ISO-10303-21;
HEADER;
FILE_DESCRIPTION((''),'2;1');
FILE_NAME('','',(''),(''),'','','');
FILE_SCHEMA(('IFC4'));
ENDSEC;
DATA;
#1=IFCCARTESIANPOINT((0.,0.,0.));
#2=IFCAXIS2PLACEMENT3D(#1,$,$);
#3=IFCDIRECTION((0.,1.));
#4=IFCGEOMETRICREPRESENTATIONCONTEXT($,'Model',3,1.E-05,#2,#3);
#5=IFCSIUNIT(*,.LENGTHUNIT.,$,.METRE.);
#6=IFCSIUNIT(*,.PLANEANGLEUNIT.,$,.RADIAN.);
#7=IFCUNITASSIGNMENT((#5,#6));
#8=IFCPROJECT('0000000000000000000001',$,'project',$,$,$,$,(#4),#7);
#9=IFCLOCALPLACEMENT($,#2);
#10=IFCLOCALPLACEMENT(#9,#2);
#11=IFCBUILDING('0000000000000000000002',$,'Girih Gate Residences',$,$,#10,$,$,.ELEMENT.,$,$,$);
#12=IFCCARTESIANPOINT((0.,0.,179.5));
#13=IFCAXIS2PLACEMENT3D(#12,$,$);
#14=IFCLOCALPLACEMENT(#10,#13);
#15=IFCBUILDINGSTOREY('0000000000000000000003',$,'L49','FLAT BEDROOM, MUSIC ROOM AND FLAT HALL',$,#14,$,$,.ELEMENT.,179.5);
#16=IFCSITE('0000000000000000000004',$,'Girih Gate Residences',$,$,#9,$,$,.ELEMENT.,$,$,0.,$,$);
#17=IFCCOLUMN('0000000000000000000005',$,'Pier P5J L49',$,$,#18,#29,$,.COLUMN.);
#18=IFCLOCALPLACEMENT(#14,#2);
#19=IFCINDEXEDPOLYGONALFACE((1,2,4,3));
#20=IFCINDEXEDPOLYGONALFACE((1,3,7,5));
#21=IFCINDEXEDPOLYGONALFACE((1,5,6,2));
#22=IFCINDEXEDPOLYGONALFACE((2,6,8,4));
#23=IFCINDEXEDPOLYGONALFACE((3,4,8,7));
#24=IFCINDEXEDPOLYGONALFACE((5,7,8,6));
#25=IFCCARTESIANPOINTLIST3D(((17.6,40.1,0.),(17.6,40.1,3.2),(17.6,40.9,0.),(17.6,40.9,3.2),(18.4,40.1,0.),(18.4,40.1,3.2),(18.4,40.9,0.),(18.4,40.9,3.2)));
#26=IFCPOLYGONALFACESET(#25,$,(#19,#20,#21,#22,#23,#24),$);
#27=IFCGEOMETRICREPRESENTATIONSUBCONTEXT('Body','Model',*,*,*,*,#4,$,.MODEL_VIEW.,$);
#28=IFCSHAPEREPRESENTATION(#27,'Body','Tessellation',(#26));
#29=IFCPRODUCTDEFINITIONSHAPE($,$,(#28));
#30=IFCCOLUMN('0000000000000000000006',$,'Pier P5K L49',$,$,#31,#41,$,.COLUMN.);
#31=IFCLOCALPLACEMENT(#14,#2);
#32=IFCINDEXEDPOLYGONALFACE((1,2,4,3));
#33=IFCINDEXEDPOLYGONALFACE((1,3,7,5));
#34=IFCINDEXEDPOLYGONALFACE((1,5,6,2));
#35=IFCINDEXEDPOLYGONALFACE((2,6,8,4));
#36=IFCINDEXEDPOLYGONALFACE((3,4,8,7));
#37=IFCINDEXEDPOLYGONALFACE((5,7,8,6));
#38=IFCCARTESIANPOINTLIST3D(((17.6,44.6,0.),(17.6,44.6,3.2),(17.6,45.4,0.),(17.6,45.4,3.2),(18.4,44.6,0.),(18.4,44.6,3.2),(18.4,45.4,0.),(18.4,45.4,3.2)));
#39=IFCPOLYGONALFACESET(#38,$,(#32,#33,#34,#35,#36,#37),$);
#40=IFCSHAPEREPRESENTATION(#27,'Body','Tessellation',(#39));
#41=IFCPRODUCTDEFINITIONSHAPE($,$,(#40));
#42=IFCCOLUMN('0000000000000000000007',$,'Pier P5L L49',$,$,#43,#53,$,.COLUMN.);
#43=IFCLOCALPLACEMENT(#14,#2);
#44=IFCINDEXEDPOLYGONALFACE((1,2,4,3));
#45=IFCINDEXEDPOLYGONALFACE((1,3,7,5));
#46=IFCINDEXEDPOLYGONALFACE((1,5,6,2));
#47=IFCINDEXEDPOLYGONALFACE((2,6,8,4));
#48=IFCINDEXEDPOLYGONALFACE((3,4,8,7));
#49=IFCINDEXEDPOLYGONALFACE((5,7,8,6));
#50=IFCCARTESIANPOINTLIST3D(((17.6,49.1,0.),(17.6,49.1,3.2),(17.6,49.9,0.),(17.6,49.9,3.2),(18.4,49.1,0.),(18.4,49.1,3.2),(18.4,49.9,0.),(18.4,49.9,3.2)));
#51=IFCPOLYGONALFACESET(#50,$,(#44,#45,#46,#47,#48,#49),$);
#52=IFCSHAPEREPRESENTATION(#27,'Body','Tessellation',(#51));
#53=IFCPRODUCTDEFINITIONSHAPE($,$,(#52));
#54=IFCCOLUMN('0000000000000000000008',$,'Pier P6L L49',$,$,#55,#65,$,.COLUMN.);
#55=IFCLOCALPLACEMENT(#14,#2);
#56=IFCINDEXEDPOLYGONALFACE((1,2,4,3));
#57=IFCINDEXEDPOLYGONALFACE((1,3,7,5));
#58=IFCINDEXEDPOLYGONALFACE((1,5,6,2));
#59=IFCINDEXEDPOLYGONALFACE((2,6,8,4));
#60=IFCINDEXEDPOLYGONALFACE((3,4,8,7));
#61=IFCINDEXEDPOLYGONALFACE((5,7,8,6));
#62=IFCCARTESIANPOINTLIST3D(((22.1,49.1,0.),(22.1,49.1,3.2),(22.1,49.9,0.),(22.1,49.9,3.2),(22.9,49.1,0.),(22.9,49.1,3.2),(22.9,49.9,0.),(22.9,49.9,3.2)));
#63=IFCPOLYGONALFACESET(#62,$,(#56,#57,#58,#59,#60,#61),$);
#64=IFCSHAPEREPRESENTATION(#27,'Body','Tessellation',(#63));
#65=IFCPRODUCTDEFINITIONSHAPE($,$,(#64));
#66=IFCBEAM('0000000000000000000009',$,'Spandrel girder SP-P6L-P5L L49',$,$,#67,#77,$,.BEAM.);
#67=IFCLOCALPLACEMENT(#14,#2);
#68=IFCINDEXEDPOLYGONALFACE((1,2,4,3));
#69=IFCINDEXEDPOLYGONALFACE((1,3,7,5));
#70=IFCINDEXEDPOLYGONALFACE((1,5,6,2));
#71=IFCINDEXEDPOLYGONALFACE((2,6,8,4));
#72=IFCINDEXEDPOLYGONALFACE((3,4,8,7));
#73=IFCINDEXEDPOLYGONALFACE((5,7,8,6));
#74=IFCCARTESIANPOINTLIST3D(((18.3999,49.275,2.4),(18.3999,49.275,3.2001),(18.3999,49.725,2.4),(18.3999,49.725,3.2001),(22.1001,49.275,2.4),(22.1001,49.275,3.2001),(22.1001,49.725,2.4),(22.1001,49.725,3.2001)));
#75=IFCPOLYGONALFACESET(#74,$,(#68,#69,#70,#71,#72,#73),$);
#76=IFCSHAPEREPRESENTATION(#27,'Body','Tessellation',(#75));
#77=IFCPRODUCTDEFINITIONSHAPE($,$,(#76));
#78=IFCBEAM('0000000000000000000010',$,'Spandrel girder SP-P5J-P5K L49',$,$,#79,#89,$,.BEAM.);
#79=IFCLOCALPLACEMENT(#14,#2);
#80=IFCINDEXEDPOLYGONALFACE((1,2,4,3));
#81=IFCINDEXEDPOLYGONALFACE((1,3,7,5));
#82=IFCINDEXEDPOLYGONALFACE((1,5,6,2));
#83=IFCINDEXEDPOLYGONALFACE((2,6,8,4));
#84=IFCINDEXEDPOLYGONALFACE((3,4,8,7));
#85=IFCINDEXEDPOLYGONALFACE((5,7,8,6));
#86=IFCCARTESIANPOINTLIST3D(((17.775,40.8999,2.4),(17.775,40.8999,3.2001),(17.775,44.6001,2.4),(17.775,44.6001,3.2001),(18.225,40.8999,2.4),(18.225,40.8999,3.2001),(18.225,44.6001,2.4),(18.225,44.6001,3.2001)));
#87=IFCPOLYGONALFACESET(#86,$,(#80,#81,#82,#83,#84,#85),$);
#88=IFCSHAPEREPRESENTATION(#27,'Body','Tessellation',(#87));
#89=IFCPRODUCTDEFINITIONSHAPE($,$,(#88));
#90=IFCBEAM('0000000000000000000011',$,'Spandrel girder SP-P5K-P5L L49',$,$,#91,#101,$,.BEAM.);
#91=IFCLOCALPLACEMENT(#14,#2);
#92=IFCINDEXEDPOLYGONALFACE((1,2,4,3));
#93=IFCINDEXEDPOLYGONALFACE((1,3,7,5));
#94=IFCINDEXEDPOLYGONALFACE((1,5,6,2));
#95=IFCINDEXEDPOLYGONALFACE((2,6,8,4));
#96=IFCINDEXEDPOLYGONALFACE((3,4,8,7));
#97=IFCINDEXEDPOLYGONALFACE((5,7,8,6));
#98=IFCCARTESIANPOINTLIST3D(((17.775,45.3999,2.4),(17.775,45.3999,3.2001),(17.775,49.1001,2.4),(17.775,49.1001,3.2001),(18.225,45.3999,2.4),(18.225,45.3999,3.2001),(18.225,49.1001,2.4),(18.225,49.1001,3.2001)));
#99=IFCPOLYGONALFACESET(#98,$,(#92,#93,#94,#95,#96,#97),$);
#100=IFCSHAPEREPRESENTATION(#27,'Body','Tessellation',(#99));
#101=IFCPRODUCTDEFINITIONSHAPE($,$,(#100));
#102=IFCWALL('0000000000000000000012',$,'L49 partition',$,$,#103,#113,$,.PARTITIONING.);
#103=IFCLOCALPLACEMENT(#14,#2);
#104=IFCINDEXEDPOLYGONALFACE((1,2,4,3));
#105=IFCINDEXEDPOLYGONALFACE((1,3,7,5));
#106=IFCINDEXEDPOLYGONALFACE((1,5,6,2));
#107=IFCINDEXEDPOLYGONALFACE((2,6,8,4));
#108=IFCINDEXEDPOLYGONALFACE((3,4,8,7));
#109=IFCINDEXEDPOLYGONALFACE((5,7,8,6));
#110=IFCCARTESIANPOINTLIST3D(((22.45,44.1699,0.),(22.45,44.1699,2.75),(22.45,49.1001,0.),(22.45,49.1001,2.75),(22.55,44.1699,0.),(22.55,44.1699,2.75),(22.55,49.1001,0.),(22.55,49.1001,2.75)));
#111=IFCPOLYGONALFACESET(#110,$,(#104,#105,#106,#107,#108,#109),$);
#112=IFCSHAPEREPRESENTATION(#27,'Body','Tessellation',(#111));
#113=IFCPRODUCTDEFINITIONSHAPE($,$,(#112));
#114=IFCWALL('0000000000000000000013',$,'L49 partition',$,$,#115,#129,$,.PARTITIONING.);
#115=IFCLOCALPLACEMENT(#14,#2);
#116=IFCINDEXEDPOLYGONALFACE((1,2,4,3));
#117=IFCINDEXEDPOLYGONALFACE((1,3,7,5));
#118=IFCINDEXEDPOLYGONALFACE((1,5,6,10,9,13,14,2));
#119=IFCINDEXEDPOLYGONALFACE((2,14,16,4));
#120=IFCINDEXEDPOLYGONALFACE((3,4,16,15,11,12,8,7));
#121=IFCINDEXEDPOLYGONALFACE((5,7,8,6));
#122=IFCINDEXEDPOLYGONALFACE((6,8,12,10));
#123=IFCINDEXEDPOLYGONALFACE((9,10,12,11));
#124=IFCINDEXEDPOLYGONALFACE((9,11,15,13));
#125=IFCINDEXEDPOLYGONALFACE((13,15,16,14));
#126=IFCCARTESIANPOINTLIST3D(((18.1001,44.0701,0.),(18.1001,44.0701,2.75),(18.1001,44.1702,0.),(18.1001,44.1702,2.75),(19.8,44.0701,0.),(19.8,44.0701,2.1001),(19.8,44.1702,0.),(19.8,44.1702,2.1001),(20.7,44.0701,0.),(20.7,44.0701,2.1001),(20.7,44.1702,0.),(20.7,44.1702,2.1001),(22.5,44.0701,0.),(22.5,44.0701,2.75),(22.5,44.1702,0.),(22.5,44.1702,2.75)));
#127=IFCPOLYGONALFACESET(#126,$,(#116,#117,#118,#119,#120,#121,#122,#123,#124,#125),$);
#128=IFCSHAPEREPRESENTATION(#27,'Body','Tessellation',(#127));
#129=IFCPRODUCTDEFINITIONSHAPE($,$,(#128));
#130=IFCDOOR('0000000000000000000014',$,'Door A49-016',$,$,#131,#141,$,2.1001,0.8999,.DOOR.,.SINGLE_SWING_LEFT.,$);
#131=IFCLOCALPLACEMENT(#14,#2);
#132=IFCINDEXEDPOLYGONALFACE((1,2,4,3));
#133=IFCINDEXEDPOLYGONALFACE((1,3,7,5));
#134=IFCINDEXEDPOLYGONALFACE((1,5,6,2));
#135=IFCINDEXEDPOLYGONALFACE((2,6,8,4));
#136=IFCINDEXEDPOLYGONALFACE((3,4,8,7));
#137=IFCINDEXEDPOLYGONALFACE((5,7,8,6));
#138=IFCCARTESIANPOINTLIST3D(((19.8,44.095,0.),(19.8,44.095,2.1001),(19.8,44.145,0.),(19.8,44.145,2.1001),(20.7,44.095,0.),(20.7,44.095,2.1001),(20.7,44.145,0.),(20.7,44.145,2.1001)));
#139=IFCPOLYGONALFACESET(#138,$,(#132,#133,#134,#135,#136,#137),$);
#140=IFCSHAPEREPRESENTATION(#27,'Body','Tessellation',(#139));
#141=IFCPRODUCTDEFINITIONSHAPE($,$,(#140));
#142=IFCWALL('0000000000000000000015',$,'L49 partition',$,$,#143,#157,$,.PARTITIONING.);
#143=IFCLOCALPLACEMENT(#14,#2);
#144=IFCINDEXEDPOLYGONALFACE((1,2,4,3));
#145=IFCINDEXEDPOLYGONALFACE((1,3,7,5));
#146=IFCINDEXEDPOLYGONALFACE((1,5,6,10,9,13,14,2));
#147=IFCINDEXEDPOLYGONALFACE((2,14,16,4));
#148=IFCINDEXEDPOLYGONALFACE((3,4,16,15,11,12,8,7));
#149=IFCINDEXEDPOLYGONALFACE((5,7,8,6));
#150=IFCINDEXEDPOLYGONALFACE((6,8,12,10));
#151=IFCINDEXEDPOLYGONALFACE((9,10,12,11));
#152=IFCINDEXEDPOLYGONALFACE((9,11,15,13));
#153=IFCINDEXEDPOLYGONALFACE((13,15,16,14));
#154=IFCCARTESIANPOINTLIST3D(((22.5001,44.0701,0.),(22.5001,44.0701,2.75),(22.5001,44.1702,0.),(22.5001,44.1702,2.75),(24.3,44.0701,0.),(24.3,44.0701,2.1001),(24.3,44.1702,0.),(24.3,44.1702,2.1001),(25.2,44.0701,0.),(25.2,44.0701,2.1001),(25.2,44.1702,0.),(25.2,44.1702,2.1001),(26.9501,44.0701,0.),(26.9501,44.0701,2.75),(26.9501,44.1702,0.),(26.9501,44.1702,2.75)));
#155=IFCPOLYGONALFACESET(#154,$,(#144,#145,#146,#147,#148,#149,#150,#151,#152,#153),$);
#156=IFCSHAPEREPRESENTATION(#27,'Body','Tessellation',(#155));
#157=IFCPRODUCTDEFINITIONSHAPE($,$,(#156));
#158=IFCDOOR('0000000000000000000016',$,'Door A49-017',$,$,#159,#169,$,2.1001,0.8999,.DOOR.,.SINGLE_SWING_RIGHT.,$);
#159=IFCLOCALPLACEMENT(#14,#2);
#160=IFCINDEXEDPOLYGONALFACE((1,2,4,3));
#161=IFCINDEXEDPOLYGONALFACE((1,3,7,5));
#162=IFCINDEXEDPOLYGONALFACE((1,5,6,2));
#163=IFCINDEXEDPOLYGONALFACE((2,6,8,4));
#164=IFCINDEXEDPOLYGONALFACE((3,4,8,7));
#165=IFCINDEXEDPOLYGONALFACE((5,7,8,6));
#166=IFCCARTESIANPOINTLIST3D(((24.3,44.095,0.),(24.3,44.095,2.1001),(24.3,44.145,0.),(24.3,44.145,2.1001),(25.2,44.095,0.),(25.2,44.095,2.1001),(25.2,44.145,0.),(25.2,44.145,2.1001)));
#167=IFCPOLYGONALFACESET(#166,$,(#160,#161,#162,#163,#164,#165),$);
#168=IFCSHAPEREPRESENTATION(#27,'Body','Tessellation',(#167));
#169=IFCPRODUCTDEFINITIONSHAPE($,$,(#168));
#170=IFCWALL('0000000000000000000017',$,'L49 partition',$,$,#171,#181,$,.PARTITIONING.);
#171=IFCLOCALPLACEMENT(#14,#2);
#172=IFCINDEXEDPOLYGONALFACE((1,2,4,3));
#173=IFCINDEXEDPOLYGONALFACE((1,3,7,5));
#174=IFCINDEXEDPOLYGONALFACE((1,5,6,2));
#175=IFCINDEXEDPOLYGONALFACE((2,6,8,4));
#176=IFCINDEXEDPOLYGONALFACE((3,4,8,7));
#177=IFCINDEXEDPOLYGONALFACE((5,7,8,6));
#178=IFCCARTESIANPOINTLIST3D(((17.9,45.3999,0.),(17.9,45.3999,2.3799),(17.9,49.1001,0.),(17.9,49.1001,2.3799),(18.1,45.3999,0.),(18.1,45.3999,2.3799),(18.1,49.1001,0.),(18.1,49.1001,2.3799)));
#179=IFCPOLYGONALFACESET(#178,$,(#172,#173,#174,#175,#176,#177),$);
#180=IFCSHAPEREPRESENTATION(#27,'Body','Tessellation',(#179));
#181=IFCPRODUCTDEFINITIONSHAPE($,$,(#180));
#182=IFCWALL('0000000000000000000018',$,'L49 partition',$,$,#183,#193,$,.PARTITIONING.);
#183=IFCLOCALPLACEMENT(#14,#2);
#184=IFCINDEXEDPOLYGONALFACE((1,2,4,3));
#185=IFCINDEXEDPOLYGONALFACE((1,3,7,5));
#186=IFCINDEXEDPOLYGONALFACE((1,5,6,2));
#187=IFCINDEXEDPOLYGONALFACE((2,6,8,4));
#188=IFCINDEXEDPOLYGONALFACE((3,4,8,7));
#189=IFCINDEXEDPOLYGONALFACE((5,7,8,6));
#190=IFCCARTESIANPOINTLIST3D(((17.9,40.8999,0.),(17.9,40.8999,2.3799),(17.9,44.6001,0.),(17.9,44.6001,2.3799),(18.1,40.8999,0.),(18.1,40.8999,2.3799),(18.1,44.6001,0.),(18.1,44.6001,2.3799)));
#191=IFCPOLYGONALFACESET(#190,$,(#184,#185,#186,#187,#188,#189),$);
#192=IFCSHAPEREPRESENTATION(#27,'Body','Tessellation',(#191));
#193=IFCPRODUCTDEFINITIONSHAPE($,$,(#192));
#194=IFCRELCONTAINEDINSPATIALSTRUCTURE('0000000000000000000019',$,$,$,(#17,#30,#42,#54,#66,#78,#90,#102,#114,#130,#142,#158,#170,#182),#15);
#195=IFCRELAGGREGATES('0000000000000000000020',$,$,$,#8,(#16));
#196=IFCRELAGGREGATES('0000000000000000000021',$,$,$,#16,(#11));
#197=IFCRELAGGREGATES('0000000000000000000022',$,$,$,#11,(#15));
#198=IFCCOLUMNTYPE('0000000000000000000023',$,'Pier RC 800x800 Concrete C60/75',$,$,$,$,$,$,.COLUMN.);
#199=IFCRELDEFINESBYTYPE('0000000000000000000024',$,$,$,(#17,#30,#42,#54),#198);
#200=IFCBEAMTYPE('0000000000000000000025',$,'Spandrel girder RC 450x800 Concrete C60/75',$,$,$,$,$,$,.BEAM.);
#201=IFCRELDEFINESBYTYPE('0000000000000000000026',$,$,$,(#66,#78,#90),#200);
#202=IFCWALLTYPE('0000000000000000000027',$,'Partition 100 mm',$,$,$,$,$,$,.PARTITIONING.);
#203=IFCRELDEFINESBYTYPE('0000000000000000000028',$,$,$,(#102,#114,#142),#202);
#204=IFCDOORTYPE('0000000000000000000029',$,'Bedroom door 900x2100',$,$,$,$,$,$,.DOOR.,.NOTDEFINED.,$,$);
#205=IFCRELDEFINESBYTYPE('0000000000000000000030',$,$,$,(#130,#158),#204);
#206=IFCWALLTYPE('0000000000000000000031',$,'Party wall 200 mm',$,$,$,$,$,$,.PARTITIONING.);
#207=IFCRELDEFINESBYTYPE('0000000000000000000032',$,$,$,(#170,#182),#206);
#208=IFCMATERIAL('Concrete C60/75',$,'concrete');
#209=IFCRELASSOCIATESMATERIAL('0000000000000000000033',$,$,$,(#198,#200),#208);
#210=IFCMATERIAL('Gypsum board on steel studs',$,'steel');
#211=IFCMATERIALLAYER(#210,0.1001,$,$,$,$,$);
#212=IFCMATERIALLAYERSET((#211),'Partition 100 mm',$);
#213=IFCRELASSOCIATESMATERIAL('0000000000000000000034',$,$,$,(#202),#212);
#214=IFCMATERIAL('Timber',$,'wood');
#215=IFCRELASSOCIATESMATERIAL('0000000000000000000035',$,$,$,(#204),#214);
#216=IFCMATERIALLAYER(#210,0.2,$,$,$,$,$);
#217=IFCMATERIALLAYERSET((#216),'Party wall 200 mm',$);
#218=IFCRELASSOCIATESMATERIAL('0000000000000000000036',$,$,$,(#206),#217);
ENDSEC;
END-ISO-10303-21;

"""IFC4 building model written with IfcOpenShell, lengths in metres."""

from ifc_helpers import new_model, si_unit, direction, frame, frame_2d, origin, origin_2d, place, context, subcontext, project, spatial, rectangle, extrude, material, layer, layer_set, material_profile, profile_set, type_object, element, fill, save


model = new_model("IFC4")

# Units and contexts
model_context = context("Model", 3, precision=1e-05, world=origin(), true_north=direction((0.0, 1.0)))
body_context = subcontext(model_context, "Body", "Model", "MODEL_VIEW")
ifc_project = project(units=[si_unit("LENGTHUNIT", "METRE"), si_unit("PLANEANGLEUNIT", "RADIAN")], contexts=[model_context])

# Site, building, storey
site_placement = place(None, origin())
site = spatial("IfcSite", under=ifc_project, at=site_placement, Name="Girih Gate Residences", CompositionType="ELEMENT", RefElevation=0.0)
building_placement = place(site_placement, origin())
building = spatial("IfcBuilding", under=site, at=building_placement, Name="Girih Gate Residences", CompositionType="ELEMENT")
storey_placement = place(building_placement, frame((0.0, 0.0, 179.5)))
storey = spatial("IfcBuildingStorey", under=building, at=storey_placement, Name="L49", Description="FLAT BEDROOM, MUSIC ROOM AND FLAT HALL", CompositionType="ELEMENT", Elevation=179.5)

# Columns
ifc_material_1 = material(Name="Concrete C60/75", Category="concrete")
ifc_material_profile_1 = material_profile(ifc_material_1, rectangle(XDim=0.8, YDim=0.8, at=origin_2d()))
ifc_profile_set_1 = profile_set([ifc_material_profile_1], Name="Concrete C60/75")
column_type = type_object("IfcColumnType", Name="Pier RC 800x800 Concrete C60/75", PredefinedType="COLUMN", material=ifc_profile_set_1)
for number, where, z_axis, x_axis, name in (
    (1, (18.0, 40.5, 0.0), (0.0, 0.0, 1.0), (1.0, 0.0, 0.0), "Pier P5J L49"),
    (2, (18.0, 45.0, 0.0), (0.0, 0.0, 1.0), (1.0, 0.0, 0.0), "Pier P5K L49"),
    (3, (18.0, 49.5, 0.0), (0.0, 0.0, 1.0), (1.0, 0.0, 0.0), "Pier P5L L49"),
    (4, (22.5, 49.5, 0.0), (0.0, 0.0, 1.0), (1.0, 0.0, 0.0), "Pier P6L L49"),
):
    element("IfcColumn", number, at=place(storey_placement, frame(where, z_axis=z_axis, x_axis=x_axis)), inside=storey, type_object=column_type, Name=name, PredefinedType="COLUMN", context=body_context, shape_type="SweptSolid", body=[
        extrude(rectangle(XDim=0.8, YDim=0.8, at=origin_2d()), origin(), (0.0, 0.0, 1.0), 3.2),
    ])

# Beams
ifc_material_profile_2 = material_profile(ifc_material_1, rectangle(XDim=0.45, YDim=0.8, at=origin_2d()))
ifc_profile_set_2 = profile_set([ifc_material_profile_2], Name="Concrete C60/75")
beam_type = type_object("IfcBeamType", Name="Spandrel girder RC 450x800 Concrete C60/75", PredefinedType="BEAM", material=ifc_profile_set_2)
for number, where, z_axis, x_axis, name in (
    (5, (22.1001, 49.5, 2.8), (-1.0, 0.0, 0.0), (0.0, -1.0, 0.0), "Spandrel girder SP-P6L-P5L L49"),
    (6, (18.0, 40.8999, 2.8), (0.0, 1.0, 0.0), (-1.0, 0.0, 0.0), "Spandrel girder SP-P5J-P5K L49"),
    (7, (18.0, 45.3999, 2.8), (0.0, 1.0, 0.0), (-1.0, 0.0, 0.0), "Spandrel girder SP-P5K-P5L L49"),
):
    element("IfcBeam", number, at=place(storey_placement, frame(where, z_axis=z_axis, x_axis=x_axis)), inside=storey, type_object=beam_type, Name=name, PredefinedType="BEAM", context=body_context, shape_type="SweptSolid", body=[
        extrude(rectangle(XDim=0.45, YDim=0.8, at=origin_2d()), origin(), (0.0, 0.0, 1.0), 3.7002),
    ])

# Wall
ifc_material_2 = material(Name="Gypsum board on steel studs", Category="steel")
ifc_layer_1 = layer(ifc_material_2, 0.1001)
ifc_layer_set_1 = layer_set([ifc_layer_1], Name="Partition 100 mm")
wall_type_1 = type_object("IfcWallType", Name="Partition 100 mm", PredefinedType="PARTITIONING", material=ifc_layer_set_1)
wall_1_placement = place(storey_placement, frame((22.5, 44.1699, 0.0), z_axis=(0.0, 0.0, 1.0), x_axis=(0.0, 1.0, 0.0)))
element("IfcWall", 8, at=wall_1_placement, inside=storey, type_object=wall_type_1, Name="L49 partition", PredefinedType="PARTITIONING", context=body_context, shape_type="SweptSolid", body=[
    extrude(rectangle(XDim=4.9302, YDim=0.1001, at=frame_2d((2.4651, 0.0))), origin(), (0.0, 0.0, 1.0), 2.75),
])

# Walls, openings, doors
wall_2_placement = place(storey_placement, frame((18.1001, 44.1201, 0.0), z_axis=(0.0, 0.0, 1.0), x_axis=(1.0, 0.0, 0.0)))
wall_2 = element("IfcWall", 9, at=wall_2_placement, inside=storey, type_object=wall_type_1, Name="L49 partition", PredefinedType="PARTITIONING", context=body_context, shape_type="SweptSolid", body=[
    extrude(rectangle(XDim=4.3999, YDim=0.1001, at=frame_2d((2.2, 0.0))), origin(), (0.0, 0.0, 1.0), 2.75),
])
opening_1_placement = place(wall_2_placement, frame((1.7, 0.0, 0.0)))
opening_1 = element("IfcOpeningElement", 10, at=opening_1_placement, cuts=wall_2, PredefinedType="OPENING", context=body_context, shape_type="SweptSolid", body=[
    extrude(rectangle(XDim=0.8999, YDim=2.1001, at=frame_2d((0.45, 1.05))), frame((0.0, 0.0601, 0.0), z_axis=(0.0, -1.0, 0.0), x_axis=(1.0, 0.0, 0.0)), (0.0, 0.0, 1.0), 0.1201),
])
ifc_material_3 = material(Name="Timber", Category="wood")
door_type_1 = type_object("IfcDoorType", Name="Bedroom door 900x2100", OperationType="NOTDEFINED", PredefinedType="DOOR", material=ifc_material_3)
door_1_placement = place(opening_1_placement, origin())
door_1 = element("IfcDoor", 11, at=door_1_placement, inside=storey, type_object=door_type_1, Name="Door A49-016", OperationType="SINGLE_SWING_LEFT", OverallHeight=2.1001, OverallWidth=0.8999, PredefinedType="DOOR", context=body_context, shape_type="SweptSolid", body=[
    extrude(rectangle(XDim=0.8999, YDim=2.1001, at=frame_2d((0.45, 1.05))), frame((0.0, 0.0249, 0.0), z_axis=(0.0, -1.0, 0.0), x_axis=(1.0, 0.0, 0.0)), (0.0, 0.0, 1.0), 0.05),
])
fill(opening_1, door_1)
wall_3_placement = place(storey_placement, frame((22.5, 44.1201, 0.0), z_axis=(0.0, 0.0, 1.0), x_axis=(1.0, 0.0, 0.0)))
wall_3 = element("IfcWall", 12, at=wall_3_placement, inside=storey, type_object=wall_type_1, Name="L49 partition", PredefinedType="PARTITIONING", context=body_context, shape_type="SweptSolid", body=[
    extrude(rectangle(XDim=4.45, YDim=0.1001, at=frame_2d((2.2251, 0.0))), origin(), (0.0, 0.0, 1.0), 2.75),
])
opening_2_placement = place(wall_3_placement, frame((1.8, 0.0, 0.0)))
opening_2 = element("IfcOpeningElement", 13, at=opening_2_placement, cuts=wall_3, PredefinedType="OPENING", context=body_context, shape_type="SweptSolid", body=[
    extrude(rectangle(XDim=0.8999, YDim=2.1001, at=frame_2d((0.45, 1.05))), frame((0.0, 0.0601, 0.0), z_axis=(0.0, -1.0, 0.0), x_axis=(1.0, 0.0, 0.0)), (0.0, 0.0, 1.0), 0.1201),
])
door_2_placement = place(opening_2_placement, origin())
door_2 = element("IfcDoor", 14, at=door_2_placement, inside=storey, type_object=door_type_1, Name="Door A49-017", OperationType="SINGLE_SWING_RIGHT", OverallHeight=2.1001, OverallWidth=0.8999, PredefinedType="DOOR", context=body_context, shape_type="SweptSolid", body=[
    extrude(rectangle(XDim=0.8999, YDim=2.1001, at=frame_2d((0.45, 1.05))), frame((0.0, 0.0249, 0.0), z_axis=(0.0, -1.0, 0.0), x_axis=(1.0, 0.0, 0.0)), (0.0, 0.0, 1.0), 0.05),
])
fill(opening_2, door_2)

# Walls
ifc_layer_2 = layer(ifc_material_2, 0.2)
ifc_layer_set_2 = layer_set([ifc_layer_2], Name="Party wall 200 mm")
wall_type_2 = type_object("IfcWallType", Name="Party wall 200 mm", PredefinedType="PARTITIONING", material=ifc_layer_set_2)
for number, where, z_axis, x_axis, name in (
    (15, (18.0, 45.3999, 0.0), (0.0, 0.0, 1.0), (0.0, 1.0, 0.0), "L49 partition"),
    (16, (18.0, 40.8999, 0.0), (0.0, 0.0, 1.0), (0.0, 1.0, 0.0), "L49 partition"),
):
    element("IfcWall", number, at=place(storey_placement, frame(where, z_axis=z_axis, x_axis=x_axis)), inside=storey, type_object=wall_type_2, Name=name, PredefinedType="PARTITIONING", context=body_context, shape_type="SweptSolid", body=[
        extrude(rectangle(XDim=3.7002, YDim=0.2, at=frame_2d((1.8501, 0.0))), origin(), (0.0, 0.0, 1.0), 2.3799),
    ])

save(model, "model.ifc")
